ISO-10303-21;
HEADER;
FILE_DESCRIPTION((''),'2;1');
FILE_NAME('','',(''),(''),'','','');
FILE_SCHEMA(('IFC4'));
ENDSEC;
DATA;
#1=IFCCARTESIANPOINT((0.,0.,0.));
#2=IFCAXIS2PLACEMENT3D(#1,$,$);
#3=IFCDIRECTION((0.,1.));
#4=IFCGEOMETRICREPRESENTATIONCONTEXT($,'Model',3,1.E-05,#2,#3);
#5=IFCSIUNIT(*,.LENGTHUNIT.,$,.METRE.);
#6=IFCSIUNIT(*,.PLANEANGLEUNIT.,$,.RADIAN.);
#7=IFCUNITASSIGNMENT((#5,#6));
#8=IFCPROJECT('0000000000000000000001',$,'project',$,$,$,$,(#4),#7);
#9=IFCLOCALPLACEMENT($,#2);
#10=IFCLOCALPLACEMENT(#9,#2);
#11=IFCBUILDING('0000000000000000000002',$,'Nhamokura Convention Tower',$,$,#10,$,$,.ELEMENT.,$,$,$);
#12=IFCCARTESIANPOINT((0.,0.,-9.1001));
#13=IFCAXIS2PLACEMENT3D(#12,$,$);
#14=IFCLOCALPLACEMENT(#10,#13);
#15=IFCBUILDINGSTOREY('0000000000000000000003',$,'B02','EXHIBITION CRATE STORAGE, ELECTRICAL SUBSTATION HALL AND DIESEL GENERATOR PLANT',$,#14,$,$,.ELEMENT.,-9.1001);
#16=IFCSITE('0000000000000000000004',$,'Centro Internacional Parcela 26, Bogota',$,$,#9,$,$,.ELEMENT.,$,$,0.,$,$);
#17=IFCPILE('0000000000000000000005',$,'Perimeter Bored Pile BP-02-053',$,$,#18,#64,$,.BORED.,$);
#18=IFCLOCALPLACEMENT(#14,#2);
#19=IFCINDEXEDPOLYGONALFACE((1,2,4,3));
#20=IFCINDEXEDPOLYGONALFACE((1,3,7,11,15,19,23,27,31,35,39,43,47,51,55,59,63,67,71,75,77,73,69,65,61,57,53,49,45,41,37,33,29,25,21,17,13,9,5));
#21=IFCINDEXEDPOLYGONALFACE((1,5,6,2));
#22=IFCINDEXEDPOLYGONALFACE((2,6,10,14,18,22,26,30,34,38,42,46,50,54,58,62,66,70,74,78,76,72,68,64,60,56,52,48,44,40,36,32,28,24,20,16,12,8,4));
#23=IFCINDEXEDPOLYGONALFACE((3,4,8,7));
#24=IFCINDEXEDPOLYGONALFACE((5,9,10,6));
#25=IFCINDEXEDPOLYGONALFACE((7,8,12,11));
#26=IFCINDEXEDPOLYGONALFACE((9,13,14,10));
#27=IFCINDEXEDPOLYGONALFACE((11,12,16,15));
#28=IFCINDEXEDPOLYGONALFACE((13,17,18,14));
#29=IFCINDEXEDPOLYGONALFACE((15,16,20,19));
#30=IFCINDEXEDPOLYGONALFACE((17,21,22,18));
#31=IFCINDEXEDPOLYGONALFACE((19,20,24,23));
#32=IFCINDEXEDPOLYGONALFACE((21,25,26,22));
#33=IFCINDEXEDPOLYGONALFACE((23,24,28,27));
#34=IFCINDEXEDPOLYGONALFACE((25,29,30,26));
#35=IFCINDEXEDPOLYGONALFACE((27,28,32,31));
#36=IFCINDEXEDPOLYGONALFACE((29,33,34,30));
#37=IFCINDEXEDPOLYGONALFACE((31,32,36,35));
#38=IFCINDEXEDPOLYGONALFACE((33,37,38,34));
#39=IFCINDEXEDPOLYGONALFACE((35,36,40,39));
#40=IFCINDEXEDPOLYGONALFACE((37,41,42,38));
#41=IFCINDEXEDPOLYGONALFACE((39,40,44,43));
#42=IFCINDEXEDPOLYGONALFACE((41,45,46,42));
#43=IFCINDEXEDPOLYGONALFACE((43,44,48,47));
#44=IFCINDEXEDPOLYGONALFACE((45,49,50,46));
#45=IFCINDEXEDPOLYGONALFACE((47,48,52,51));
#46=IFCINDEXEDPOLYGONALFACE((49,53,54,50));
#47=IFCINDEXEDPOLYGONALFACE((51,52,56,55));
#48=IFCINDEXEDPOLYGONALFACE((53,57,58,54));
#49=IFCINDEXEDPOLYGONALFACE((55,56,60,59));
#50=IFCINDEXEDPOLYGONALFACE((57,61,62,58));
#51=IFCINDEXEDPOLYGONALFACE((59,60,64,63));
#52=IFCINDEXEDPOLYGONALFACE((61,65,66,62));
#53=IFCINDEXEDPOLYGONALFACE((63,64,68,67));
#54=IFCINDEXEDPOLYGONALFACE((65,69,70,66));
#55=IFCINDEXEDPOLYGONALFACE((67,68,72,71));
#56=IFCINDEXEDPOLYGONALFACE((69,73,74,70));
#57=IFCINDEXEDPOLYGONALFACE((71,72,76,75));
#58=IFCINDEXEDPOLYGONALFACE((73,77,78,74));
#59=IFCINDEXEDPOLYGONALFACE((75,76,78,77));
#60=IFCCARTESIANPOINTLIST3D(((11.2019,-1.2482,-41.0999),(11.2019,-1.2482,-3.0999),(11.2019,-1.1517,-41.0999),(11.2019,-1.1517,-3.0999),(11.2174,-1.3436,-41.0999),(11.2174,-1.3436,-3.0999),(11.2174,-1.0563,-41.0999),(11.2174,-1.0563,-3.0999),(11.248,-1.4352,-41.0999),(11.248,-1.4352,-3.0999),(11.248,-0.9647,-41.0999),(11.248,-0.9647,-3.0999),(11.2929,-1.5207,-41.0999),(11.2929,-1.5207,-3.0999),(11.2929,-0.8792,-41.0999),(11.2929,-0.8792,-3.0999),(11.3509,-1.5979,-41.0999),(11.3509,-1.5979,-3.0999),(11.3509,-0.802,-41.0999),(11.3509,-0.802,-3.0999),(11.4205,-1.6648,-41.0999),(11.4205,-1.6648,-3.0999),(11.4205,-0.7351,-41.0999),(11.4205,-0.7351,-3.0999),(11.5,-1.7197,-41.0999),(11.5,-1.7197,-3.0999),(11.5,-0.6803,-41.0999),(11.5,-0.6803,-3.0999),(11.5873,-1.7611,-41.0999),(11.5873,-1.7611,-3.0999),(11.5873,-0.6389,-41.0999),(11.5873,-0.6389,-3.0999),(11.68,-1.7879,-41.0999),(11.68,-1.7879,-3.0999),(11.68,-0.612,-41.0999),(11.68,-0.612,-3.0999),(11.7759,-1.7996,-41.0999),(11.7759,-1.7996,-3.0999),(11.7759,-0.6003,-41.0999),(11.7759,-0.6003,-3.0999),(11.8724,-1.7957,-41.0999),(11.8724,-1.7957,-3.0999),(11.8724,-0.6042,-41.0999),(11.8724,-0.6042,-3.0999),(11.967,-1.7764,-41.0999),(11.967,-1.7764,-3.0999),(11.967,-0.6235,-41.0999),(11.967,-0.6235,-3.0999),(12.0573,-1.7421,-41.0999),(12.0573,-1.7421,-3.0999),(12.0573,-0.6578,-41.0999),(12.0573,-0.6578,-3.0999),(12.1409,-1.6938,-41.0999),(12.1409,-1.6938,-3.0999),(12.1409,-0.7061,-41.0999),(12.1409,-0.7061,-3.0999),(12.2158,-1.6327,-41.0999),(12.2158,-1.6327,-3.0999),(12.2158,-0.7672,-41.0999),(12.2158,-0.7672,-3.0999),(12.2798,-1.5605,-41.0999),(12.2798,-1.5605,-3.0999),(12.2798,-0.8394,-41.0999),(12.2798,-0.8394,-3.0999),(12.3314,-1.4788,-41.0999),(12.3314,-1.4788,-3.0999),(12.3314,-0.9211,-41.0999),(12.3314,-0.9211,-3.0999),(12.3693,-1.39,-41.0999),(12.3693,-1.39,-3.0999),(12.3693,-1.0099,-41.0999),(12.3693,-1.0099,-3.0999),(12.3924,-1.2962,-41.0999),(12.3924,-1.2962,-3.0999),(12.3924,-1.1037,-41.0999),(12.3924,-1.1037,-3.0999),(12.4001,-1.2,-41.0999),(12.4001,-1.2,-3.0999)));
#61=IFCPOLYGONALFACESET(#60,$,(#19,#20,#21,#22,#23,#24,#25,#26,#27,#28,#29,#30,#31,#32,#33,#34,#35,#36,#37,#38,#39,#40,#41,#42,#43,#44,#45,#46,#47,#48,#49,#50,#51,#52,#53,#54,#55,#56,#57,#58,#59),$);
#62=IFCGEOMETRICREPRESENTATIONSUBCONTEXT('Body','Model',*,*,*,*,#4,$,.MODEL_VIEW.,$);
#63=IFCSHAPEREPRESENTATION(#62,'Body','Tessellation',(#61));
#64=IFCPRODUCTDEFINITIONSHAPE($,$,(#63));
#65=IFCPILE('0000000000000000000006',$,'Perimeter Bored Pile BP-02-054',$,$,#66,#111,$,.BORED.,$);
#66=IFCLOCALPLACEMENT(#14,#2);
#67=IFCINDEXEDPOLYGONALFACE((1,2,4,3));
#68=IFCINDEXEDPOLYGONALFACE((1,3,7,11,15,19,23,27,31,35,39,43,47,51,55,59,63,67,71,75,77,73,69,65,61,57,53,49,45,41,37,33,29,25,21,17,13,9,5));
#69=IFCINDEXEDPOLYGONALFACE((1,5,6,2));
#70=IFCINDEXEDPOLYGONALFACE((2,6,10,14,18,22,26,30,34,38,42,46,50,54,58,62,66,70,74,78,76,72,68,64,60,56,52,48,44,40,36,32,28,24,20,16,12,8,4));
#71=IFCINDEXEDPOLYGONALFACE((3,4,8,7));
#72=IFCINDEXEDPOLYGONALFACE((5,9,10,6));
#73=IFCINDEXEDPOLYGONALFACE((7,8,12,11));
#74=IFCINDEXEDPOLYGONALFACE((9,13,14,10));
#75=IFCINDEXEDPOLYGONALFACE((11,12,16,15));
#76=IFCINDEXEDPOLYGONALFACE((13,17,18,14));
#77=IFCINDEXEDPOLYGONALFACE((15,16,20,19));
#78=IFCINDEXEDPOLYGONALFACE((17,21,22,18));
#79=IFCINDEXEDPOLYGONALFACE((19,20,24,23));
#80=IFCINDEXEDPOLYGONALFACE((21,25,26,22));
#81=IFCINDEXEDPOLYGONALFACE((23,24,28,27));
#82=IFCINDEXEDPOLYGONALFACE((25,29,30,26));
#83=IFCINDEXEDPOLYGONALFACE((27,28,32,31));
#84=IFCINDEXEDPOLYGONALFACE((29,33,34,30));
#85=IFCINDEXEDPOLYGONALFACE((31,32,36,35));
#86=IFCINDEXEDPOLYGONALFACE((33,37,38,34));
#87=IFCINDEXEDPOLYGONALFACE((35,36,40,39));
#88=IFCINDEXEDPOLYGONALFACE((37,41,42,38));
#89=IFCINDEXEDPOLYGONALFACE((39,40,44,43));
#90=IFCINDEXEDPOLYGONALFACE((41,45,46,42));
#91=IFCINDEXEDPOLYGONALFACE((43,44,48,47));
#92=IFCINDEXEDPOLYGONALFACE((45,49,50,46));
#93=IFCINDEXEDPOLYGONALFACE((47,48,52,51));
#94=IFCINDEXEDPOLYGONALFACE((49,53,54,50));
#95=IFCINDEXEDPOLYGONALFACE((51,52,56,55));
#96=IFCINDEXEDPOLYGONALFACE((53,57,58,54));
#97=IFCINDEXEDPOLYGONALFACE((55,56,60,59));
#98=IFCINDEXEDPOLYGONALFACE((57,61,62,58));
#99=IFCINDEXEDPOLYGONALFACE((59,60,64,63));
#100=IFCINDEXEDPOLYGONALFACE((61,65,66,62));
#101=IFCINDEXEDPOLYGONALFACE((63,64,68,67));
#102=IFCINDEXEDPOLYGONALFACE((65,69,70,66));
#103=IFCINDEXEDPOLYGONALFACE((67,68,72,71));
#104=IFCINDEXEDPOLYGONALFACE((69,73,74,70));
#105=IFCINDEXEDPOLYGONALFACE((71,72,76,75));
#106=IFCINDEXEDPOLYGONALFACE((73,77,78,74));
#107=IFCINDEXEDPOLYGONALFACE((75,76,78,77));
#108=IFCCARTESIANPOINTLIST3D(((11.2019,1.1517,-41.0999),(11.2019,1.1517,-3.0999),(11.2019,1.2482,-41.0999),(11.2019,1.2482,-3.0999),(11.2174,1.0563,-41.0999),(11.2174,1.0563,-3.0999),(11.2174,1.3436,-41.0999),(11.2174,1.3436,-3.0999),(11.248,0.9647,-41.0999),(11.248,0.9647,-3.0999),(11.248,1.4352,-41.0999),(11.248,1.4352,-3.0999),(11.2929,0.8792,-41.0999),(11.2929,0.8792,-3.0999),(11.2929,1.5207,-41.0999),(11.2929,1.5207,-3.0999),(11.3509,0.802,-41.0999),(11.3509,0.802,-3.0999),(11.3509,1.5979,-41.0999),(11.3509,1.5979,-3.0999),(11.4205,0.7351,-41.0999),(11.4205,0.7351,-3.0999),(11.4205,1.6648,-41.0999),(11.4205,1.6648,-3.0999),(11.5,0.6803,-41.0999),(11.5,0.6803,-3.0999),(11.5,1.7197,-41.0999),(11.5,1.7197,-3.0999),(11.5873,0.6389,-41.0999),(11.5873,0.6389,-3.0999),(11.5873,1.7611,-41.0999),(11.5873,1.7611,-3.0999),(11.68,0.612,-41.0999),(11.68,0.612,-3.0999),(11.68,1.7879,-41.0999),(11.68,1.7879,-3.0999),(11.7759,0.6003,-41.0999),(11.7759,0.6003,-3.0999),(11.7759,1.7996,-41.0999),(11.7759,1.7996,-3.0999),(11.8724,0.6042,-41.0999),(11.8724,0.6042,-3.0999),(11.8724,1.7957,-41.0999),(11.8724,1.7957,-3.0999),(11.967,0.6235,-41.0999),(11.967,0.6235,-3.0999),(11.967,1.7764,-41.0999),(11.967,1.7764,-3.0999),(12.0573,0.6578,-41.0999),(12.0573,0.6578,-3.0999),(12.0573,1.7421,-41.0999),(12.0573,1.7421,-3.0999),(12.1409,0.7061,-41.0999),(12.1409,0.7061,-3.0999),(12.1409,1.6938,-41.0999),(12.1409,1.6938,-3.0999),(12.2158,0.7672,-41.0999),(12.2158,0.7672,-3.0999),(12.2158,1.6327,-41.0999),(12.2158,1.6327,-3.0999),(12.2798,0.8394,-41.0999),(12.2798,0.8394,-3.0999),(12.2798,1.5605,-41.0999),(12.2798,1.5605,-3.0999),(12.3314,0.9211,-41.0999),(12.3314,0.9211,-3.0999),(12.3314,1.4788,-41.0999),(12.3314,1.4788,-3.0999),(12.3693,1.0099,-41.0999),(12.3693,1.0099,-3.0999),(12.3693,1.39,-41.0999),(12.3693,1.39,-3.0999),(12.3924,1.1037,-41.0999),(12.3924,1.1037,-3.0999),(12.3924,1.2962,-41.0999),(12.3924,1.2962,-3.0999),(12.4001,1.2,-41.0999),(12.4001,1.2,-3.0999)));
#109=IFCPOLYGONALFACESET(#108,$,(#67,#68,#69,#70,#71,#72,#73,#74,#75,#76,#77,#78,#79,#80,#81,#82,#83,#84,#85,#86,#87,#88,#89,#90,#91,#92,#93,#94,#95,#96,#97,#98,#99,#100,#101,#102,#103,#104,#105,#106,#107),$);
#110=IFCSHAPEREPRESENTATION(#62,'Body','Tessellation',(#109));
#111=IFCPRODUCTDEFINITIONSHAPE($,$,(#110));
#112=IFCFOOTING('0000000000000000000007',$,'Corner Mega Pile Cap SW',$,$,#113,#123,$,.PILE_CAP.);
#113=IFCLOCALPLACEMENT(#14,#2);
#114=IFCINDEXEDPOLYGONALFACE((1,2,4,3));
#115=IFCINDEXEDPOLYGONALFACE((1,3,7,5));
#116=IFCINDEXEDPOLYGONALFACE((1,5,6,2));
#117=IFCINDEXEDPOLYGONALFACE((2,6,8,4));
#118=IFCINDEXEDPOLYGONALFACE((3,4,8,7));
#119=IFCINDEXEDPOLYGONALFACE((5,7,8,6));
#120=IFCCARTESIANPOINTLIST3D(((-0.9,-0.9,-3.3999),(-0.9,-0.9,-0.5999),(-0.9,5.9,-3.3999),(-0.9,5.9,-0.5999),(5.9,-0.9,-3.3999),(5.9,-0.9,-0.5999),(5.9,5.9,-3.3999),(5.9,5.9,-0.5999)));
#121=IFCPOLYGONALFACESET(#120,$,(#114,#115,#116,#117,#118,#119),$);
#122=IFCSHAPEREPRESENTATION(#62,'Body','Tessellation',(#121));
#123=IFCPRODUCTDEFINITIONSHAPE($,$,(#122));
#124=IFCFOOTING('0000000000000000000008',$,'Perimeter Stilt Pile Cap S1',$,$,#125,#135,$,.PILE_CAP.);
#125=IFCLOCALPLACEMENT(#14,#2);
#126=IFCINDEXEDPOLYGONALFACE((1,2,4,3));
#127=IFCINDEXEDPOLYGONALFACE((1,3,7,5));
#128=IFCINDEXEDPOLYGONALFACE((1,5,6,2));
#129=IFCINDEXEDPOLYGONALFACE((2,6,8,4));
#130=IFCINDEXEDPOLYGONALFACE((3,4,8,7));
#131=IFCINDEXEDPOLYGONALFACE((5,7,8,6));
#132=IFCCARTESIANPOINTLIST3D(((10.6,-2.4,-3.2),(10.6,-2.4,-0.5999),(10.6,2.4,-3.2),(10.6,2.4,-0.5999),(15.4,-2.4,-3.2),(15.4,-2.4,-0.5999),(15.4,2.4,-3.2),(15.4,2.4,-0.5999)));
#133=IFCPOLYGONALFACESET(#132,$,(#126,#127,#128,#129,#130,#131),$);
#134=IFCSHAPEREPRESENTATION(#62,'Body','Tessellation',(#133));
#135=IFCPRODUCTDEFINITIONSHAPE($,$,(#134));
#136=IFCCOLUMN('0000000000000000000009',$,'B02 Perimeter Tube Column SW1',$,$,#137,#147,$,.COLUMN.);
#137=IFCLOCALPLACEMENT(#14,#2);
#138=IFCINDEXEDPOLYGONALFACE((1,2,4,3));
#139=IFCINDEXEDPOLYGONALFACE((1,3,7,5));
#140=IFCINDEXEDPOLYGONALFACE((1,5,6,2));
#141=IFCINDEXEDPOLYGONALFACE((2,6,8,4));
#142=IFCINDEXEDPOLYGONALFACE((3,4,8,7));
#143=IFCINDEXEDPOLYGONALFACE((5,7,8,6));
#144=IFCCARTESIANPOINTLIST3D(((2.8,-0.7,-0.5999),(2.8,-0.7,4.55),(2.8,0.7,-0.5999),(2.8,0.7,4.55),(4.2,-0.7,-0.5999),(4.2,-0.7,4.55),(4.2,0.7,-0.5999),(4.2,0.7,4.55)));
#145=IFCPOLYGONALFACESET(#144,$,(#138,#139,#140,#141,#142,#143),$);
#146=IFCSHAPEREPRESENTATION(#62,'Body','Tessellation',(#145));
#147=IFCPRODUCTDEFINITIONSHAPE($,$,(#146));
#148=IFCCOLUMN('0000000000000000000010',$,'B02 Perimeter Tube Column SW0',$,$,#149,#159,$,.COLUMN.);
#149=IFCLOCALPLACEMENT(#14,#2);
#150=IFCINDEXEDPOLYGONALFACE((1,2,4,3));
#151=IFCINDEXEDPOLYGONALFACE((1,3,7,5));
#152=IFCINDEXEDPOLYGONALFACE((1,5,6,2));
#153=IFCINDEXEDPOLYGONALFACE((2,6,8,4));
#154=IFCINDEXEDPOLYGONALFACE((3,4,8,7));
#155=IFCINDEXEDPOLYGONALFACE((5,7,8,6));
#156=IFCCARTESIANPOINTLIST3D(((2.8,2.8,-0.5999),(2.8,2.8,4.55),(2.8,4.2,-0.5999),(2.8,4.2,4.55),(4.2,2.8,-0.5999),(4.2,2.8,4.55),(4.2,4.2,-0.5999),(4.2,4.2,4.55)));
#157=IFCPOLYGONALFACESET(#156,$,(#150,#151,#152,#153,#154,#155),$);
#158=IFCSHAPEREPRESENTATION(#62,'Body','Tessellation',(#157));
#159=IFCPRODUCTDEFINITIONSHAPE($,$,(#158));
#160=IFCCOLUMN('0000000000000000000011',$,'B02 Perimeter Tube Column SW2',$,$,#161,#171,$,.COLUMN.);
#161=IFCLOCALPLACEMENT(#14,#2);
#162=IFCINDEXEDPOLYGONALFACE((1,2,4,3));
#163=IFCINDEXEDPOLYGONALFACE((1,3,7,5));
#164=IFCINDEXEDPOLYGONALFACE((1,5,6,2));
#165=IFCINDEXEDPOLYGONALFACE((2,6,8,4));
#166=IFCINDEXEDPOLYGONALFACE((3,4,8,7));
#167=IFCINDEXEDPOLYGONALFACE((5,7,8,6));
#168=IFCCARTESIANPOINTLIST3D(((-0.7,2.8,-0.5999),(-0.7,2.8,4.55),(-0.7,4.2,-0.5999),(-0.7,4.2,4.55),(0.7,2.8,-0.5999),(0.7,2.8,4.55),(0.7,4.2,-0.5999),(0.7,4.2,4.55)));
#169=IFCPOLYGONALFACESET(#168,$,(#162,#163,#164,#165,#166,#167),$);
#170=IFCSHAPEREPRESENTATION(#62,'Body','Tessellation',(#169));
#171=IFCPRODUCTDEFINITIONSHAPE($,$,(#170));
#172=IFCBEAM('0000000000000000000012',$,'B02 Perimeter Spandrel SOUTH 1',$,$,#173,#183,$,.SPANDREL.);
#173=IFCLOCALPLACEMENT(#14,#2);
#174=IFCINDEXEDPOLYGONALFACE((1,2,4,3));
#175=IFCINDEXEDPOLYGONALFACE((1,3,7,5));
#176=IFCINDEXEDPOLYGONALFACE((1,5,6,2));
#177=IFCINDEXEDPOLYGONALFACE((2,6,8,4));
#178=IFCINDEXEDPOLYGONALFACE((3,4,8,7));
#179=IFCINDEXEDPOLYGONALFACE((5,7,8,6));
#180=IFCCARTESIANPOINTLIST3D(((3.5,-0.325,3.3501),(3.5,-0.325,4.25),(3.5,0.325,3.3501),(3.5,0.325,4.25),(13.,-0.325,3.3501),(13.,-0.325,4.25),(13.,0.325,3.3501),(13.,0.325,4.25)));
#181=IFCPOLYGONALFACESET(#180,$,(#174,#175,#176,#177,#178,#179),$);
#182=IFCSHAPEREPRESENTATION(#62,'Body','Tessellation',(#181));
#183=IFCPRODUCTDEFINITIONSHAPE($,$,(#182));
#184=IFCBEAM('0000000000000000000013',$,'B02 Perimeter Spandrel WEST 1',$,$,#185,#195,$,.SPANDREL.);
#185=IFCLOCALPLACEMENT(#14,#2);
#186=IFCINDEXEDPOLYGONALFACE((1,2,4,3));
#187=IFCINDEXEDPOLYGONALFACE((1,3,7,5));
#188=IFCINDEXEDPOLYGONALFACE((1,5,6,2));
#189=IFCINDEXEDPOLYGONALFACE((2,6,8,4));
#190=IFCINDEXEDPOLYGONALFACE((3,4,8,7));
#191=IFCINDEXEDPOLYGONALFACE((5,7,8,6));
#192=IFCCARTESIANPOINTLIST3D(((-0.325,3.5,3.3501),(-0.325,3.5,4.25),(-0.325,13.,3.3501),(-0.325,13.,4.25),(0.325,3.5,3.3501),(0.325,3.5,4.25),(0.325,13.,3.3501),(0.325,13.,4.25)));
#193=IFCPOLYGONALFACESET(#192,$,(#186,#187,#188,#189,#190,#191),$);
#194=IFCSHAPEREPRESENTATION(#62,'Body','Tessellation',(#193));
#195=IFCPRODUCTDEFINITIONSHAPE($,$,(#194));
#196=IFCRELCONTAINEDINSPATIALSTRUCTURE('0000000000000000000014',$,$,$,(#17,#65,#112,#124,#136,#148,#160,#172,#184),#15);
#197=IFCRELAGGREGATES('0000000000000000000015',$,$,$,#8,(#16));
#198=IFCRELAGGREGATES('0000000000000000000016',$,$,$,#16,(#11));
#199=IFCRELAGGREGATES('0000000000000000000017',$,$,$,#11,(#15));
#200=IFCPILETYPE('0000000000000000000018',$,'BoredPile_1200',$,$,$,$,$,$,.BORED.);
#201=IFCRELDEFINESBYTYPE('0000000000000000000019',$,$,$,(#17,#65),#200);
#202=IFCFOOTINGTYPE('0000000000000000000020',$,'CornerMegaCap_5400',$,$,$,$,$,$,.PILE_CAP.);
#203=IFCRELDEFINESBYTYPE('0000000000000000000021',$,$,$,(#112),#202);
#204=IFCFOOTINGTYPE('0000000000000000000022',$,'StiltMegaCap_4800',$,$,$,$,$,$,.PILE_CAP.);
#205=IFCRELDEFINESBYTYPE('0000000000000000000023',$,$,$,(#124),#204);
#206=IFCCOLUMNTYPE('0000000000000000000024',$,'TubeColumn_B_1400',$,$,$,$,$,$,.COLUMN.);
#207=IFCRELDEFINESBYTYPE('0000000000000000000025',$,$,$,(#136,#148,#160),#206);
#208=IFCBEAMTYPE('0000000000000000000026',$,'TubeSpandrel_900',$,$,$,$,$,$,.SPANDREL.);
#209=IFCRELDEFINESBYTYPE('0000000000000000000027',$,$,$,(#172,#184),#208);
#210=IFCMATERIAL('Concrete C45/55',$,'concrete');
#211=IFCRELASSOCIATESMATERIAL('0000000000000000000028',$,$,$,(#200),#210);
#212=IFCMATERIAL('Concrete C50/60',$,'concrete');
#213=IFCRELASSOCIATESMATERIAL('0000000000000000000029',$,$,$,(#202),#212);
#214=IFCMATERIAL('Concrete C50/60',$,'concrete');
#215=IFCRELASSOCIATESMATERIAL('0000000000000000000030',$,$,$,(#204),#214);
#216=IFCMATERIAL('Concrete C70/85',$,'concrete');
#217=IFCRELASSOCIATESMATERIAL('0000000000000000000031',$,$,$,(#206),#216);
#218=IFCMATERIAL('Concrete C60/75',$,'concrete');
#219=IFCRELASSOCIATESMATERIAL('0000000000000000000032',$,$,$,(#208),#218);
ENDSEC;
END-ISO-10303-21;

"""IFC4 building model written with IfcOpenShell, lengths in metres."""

from ifc_helpers import new_model, si_unit, direction, frame, origin, origin_2d, place, context, subcontext, project, spatial, rectangle, circle, extrude, material, material_profile, profile_set, type_object, element, save


model = new_model("IFC4")

# Units and contexts
model_context = context("Model", 3, precision=1e-05, world=origin(), true_north=direction((0.0, 1.0)))
body_context = subcontext(model_context, "Body", "Model", "MODEL_VIEW")
ifc_project = project(units=[si_unit("LENGTHUNIT", "METRE"), si_unit("PLANEANGLEUNIT", "RADIAN")], contexts=[model_context])

# Site, building, storey
site_placement = place(None, origin())
site = spatial("IfcSite", under=ifc_project, at=site_placement, Name="Centro Internacional Parcela 26, Bogota", CompositionType="ELEMENT", RefElevation=0.0)
building_placement = place(site_placement, origin())
building = spatial("IfcBuilding", under=site, at=building_placement, Name="Nhamokura Convention Tower", CompositionType="ELEMENT")
storey_placement = place(building_placement, frame((0.0, 0.0, -9.1001)))
storey = spatial("IfcBuildingStorey", under=building, at=storey_placement, Name="B02", Description="EXHIBITION CRATE STORAGE, ELECTRICAL SUBSTATION HALL AND DIESEL GENERATOR PLANT", CompositionType="ELEMENT", Elevation=-9.1001)

# Piles
ifc_material_1 = material(Name="Concrete C45/55", Category="concrete")
ifc_material_profile_1 = material_profile(ifc_material_1, circle(Radius=0.6001, at=origin_2d()))
ifc_profile_set_1 = profile_set([ifc_material_profile_1], Name="Concrete C45/55")
pile_type = type_object("IfcPileType", Name="BoredPile_1200", PredefinedType="BORED", material=ifc_profile_set_1)
for number, where, z_axis, x_axis, name in (
    (1, (11.8, -1.2, -3.0999), (0.0, 0.0, -1.0), (1.0, 0.0, 0.0), "Perimeter Bored Pile BP-02-053"),
    (2, (11.8, 1.2, -3.0999), (0.0, 0.0, -1.0), (1.0, 0.0, 0.0), "Perimeter Bored Pile BP-02-054"),
):
    element("IfcPile", number, at=place(storey_placement, frame(where, z_axis=z_axis, x_axis=x_axis)), inside=storey, type_object=pile_type, Name=name, PredefinedType="BORED", context=body_context, shape_type="SweptSolid", body=[
        extrude(circle(Radius=0.6001, at=origin_2d()), origin(), (0.0, 0.0, 1.0), 38.0),
    ])

# Footings
ifc_material_2 = material(Name="Concrete C50/60", Category="concrete")
footing_type_1 = type_object("IfcFootingType", Name="CornerMegaCap_5400", PredefinedType="PILE_CAP", material=ifc_material_2)
footing_1_placement = place(storey_placement, frame((2.5, 2.5, -3.3999), z_axis=(0.0, 0.0, 1.0), x_axis=(1.0, 0.0, 0.0)))
element("IfcFooting", 3, at=footing_1_placement, inside=storey, type_object=footing_type_1, Name="Corner Mega Pile Cap SW", PredefinedType="PILE_CAP", context=body_context, shape_type="SweptSolid", body=[
    extrude(rectangle(XDim=6.8, YDim=6.8, at=origin_2d()), origin(), (0.0, 0.0, 1.0), 2.8),
])
ifc_material_3 = material(Name="Concrete C50/60", Category="concrete")
footing_type_2 = type_object("IfcFootingType", Name="StiltMegaCap_4800", PredefinedType="PILE_CAP", material=ifc_material_3)
footing_2_placement = place(storey_placement, frame((13.0, 0.0, -3.2), z_axis=(0.0, 0.0, 1.0), x_axis=(1.0, 0.0, 0.0)))
element("IfcFooting", 4, at=footing_2_placement, inside=storey, type_object=footing_type_2, Name="Perimeter Stilt Pile Cap S1", PredefinedType="PILE_CAP", context=body_context, shape_type="SweptSolid", body=[
    extrude(rectangle(XDim=4.8, YDim=4.8, at=origin_2d()), origin(), (0.0, 0.0, 1.0), 2.6001),
])

# Columns
ifc_material_4 = material(Name="Concrete C70/85", Category="concrete")
ifc_material_profile_2 = material_profile(ifc_material_4, rectangle(XDim=1.3999, YDim=1.3999, at=origin_2d()))
ifc_profile_set_2 = profile_set([ifc_material_profile_2], Name="Concrete C70/85")
column_type = type_object("IfcColumnType", Name="TubeColumn_B_1400", PredefinedType="COLUMN", material=ifc_profile_set_2)
for number, where, z_axis, x_axis, name in (
    (5, (3.5, 0.0, -0.5999), (0.0, 0.0, 1.0), (1.0, 0.0, 0.0), "B02 Perimeter Tube Column SW1"),
    (6, (3.5, 3.5, -0.5999), (0.0, 0.0, 1.0), (1.0, 0.0, 0.0), "B02 Perimeter Tube Column SW0"),
    (7, (0.0, 3.5, -0.5999), (0.0, 0.0, 1.0), (1.0, 0.0, 0.0), "B02 Perimeter Tube Column SW2"),
):
    element("IfcColumn", number, at=place(storey_placement, frame(where, z_axis=z_axis, x_axis=x_axis)), inside=storey, type_object=column_type, Name=name, PredefinedType="COLUMN", context=body_context, shape_type="SweptSolid", body=[
        extrude(rectangle(XDim=1.3999, YDim=1.3999, at=origin_2d()), origin(), (0.0, 0.0, 1.0), 5.1499),
    ])

# Beams
ifc_material_5 = material(Name="Concrete C60/75", Category="concrete")
ifc_material_profile_3 = material_profile(ifc_material_5, rectangle(XDim=0.6499, YDim=0.8999, at=origin_2d()))
ifc_profile_set_3 = profile_set([ifc_material_profile_3], Name="Concrete C60/75")
beam_type = type_object("IfcBeamType", Name="TubeSpandrel_900", PredefinedType="SPANDREL", material=ifc_profile_set_3)
for number, where, z_axis, x_axis, name in (
    (8, (3.5, 0.0, 3.8), (1.0, 0.0, 0.0), (0.0, 1.0, 0.0), "B02 Perimeter Spandrel SOUTH 1"),
    (9, (0.0, 3.5, 3.8), (0.0, 1.0, 0.0), (-1.0, 0.0, 0.0), "B02 Perimeter Spandrel WEST 1"),
):
    element("IfcBeam", number, at=place(storey_placement, frame(where, z_axis=z_axis, x_axis=x_axis)), inside=storey, type_object=beam_type, Name=name, PredefinedType="SPANDREL", context=body_context, shape_type="SweptSolid", body=[
        extrude(rectangle(XDim=0.6499, YDim=0.8999, at=origin_2d()), origin(), (0.0, 0.0, 1.0), 9.5),
    ])

save(model, "model.ifc")
